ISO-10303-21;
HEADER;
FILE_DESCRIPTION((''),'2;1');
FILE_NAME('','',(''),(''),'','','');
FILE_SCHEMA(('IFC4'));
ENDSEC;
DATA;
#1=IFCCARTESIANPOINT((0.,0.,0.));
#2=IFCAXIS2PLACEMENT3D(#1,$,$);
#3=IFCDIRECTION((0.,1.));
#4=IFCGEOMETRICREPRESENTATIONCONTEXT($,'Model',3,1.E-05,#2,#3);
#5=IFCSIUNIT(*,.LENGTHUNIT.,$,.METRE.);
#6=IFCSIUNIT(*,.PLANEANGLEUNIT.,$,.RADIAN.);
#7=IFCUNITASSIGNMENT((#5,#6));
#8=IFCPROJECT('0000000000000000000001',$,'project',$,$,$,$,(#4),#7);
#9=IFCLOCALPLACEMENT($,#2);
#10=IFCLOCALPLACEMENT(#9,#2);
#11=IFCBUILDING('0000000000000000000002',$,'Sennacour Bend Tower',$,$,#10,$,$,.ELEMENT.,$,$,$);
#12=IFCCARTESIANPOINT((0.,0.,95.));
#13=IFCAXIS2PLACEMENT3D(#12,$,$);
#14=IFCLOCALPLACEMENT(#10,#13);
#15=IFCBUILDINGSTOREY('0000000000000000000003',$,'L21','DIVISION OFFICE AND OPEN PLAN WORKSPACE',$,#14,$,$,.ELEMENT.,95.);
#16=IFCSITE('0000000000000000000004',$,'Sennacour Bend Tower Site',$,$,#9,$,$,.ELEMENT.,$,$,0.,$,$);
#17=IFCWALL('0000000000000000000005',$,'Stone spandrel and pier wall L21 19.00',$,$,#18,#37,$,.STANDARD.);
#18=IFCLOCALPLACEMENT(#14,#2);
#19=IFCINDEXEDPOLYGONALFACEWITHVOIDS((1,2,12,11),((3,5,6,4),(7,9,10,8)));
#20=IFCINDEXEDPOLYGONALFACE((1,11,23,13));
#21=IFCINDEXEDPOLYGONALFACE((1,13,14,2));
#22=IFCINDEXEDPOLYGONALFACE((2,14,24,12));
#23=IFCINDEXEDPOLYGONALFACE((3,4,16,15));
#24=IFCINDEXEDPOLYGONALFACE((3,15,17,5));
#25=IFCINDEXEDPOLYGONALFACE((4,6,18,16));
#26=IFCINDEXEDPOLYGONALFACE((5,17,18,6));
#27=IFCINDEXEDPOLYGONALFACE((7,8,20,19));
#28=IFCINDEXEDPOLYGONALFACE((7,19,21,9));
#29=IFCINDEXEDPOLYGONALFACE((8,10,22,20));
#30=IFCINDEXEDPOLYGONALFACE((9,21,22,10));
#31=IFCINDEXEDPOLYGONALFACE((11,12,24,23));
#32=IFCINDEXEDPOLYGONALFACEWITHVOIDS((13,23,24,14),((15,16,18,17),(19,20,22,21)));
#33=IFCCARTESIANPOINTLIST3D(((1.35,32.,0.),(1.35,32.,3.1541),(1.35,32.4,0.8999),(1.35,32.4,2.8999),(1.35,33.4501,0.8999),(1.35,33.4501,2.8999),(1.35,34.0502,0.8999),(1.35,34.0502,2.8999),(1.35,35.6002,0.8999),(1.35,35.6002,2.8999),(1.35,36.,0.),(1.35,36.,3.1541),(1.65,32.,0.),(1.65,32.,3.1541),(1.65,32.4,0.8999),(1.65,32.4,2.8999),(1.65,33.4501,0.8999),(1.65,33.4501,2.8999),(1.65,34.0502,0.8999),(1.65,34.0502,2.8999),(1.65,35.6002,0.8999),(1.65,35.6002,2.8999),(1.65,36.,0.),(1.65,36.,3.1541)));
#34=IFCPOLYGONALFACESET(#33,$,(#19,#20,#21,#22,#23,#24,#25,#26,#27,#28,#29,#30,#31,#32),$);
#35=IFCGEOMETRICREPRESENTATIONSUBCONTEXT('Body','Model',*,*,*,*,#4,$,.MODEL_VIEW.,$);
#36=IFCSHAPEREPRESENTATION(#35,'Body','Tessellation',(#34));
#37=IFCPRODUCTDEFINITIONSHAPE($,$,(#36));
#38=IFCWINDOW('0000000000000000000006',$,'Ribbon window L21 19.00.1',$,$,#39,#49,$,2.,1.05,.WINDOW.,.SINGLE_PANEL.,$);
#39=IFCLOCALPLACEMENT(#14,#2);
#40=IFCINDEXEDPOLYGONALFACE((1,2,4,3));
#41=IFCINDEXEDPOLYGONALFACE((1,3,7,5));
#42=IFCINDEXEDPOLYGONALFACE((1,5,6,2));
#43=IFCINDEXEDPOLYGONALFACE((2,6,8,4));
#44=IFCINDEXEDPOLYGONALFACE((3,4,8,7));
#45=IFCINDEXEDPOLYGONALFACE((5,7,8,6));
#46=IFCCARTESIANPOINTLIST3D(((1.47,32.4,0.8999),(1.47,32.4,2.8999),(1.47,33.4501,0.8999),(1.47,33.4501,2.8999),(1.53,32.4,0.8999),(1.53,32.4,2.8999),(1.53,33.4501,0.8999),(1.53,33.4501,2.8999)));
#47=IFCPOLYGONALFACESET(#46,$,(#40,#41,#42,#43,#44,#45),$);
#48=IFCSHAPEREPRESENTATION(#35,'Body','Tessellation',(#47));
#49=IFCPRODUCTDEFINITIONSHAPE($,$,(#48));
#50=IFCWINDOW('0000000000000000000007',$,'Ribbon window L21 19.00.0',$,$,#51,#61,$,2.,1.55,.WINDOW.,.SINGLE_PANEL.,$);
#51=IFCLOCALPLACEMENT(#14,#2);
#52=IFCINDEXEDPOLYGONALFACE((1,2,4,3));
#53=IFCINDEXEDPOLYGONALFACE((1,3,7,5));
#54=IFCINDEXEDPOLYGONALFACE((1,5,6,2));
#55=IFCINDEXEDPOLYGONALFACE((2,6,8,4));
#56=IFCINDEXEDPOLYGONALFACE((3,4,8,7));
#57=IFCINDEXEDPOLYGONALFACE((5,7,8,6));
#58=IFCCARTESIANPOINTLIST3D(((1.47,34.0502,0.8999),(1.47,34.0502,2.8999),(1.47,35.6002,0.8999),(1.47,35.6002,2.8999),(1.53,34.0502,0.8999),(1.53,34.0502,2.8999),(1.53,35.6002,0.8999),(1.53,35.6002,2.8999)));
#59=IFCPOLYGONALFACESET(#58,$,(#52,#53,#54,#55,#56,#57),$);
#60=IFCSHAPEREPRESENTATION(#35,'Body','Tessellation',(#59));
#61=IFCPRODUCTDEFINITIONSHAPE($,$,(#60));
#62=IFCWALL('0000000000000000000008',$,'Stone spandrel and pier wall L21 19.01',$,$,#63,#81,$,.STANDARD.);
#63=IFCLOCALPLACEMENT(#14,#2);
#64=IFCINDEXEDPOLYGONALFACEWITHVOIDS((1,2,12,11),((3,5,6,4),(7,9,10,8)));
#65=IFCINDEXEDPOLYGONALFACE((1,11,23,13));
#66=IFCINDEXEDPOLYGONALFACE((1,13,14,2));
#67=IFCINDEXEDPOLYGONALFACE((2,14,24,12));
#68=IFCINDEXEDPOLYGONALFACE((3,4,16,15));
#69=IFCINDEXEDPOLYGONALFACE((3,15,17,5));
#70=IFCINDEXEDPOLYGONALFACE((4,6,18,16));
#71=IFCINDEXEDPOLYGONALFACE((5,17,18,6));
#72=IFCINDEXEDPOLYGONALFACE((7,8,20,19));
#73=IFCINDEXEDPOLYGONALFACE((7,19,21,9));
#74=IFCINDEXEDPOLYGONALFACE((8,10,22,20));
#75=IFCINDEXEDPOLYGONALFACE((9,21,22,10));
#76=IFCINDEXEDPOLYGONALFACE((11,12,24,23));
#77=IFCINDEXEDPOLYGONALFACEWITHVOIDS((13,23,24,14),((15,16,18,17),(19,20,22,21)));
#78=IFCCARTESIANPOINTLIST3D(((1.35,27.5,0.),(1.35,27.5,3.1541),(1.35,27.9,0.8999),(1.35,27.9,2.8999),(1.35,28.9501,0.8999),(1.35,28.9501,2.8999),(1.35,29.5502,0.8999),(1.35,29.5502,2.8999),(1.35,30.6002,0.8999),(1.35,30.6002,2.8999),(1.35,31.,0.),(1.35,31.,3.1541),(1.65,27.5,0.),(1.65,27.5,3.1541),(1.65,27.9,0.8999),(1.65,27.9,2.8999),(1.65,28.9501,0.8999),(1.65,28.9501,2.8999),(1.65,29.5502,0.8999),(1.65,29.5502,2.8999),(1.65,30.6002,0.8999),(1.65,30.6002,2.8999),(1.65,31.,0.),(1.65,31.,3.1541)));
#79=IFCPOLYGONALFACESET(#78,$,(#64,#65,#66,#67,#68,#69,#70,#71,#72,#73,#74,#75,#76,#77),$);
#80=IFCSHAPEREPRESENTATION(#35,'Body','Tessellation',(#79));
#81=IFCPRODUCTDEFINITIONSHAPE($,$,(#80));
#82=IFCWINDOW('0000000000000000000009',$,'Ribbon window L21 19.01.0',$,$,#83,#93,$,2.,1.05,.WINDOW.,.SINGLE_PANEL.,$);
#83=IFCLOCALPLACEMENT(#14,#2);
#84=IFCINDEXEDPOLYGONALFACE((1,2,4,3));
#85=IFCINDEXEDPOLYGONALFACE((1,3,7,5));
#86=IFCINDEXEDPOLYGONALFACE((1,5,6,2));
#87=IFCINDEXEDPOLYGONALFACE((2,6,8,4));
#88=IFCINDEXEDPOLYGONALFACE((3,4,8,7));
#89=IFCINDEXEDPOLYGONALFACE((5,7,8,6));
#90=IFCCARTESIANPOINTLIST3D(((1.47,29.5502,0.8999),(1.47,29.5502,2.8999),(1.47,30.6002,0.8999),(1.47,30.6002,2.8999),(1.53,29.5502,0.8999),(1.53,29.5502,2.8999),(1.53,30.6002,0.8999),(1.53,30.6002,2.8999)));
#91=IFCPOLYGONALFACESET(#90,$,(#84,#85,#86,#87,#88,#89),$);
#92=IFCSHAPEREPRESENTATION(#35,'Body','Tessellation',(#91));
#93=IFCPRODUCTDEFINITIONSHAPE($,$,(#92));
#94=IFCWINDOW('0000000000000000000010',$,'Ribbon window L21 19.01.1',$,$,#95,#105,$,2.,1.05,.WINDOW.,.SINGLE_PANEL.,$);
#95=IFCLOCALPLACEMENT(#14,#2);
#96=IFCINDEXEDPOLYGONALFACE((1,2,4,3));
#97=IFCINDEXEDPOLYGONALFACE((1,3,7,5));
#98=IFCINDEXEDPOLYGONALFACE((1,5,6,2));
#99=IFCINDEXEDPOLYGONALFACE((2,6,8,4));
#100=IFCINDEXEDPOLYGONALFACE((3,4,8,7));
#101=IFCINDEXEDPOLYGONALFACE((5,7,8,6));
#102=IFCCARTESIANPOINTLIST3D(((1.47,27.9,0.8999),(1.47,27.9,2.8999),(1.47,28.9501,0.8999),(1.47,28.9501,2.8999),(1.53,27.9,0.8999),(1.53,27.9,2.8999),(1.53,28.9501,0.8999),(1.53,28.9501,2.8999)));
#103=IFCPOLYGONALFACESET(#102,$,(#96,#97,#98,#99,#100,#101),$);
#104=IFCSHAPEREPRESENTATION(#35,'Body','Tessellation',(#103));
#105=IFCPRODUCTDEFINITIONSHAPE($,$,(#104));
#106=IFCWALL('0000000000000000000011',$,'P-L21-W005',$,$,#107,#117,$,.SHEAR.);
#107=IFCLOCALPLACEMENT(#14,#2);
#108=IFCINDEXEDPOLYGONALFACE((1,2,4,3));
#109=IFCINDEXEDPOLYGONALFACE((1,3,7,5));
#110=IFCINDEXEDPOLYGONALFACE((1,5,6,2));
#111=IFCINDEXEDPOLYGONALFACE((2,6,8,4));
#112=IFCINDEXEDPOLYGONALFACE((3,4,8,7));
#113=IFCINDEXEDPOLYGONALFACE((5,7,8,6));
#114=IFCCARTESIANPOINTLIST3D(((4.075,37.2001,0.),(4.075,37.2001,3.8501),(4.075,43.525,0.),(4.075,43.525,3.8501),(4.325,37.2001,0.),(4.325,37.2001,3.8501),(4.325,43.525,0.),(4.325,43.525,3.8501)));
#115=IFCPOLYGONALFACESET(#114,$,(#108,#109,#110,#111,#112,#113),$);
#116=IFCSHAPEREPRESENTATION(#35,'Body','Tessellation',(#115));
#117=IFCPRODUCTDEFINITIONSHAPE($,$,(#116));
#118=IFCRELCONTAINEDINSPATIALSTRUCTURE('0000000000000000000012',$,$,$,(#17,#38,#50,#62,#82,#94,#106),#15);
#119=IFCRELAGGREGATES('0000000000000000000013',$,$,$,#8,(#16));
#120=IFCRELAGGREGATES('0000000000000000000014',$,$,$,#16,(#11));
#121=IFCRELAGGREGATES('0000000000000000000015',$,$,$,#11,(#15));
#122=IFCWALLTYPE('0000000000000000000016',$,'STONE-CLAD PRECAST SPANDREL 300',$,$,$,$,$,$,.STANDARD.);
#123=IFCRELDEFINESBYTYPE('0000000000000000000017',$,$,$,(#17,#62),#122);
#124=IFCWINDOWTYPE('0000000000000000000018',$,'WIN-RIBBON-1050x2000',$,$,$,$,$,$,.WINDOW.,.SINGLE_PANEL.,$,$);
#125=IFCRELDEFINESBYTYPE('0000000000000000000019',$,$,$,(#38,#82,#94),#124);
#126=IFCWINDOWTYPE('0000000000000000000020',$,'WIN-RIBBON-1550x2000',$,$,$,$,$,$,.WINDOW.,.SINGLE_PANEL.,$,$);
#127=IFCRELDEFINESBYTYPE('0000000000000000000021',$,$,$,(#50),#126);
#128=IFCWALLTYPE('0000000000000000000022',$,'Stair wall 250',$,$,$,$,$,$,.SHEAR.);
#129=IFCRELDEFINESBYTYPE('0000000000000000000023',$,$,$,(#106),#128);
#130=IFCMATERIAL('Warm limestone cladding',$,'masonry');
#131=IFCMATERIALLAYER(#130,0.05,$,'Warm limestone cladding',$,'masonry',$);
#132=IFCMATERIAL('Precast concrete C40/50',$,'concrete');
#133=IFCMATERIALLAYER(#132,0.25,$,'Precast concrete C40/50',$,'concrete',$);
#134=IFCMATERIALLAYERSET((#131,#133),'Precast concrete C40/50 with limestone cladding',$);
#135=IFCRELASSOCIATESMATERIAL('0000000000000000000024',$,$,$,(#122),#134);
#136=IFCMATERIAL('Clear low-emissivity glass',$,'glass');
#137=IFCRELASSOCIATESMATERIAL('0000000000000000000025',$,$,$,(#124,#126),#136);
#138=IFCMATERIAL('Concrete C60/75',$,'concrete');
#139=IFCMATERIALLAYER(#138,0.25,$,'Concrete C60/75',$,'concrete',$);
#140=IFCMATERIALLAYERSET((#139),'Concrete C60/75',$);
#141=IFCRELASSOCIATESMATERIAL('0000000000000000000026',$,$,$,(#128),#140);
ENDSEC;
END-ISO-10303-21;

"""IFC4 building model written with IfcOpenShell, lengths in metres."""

from ifc_helpers import new_model, si_unit, direction, frame, frame_2d, origin, place, context, subcontext, project, spatial, rectangle, extrude, material, layer, layer_set, type_object, element, fill, save


model = new_model("IFC4")

# Units and contexts
model_context = context("Model", 3, precision=1e-05, world=origin(), true_north=direction((0.0, 1.0)))
body_context = subcontext(model_context, "Body", "Model", "MODEL_VIEW")
ifc_project = project(units=[si_unit("LENGTHUNIT", "METRE"), si_unit("PLANEANGLEUNIT", "RADIAN")], contexts=[model_context])

# Site, building, storey
site_placement = place(None, origin())
site = spatial("IfcSite", under=ifc_project, at=site_placement, Name="Sennacour Bend Tower Site", CompositionType="ELEMENT", RefElevation=0.0)
building_placement = place(site_placement, origin())
building = spatial("IfcBuilding", under=site, at=building_placement, Name="Sennacour Bend Tower", CompositionType="ELEMENT")
storey_placement = place(building_placement, frame((0.0, 0.0, 95.0)))
storey = spatial("IfcBuildingStorey", under=building, at=storey_placement, Name="L21", Description="DIVISION OFFICE AND OPEN PLAN WORKSPACE", CompositionType="ELEMENT", Elevation=95.0)

# Walls, openings, windows
ifc_material_1 = material(Name="Warm limestone cladding", Category="masonry")
ifc_layer_1 = layer(ifc_material_1, 0.05, Name="Warm limestone cladding", Category="masonry")
ifc_material_2 = material(Name="Precast concrete C40/50", Category="concrete")
ifc_layer_2 = layer(ifc_material_2, 0.25, Name="Precast concrete C40/50", Category="concrete")
ifc_layer_set_1 = layer_set([ifc_layer_1, ifc_layer_2], Name="Precast concrete C40/50 with limestone cladding")
wall_type_1 = type_object("IfcWallType", Name="STONE-CLAD PRECAST SPANDREL 300", PredefinedType="STANDARD", material=ifc_layer_set_1)
wall_1_placement = place(storey_placement, frame((1.5, 36.0, 0.0), z_axis=(0.0, 0.0, 1.0), x_axis=(0.0, -1.0, 0.0)))
wall_1 = element("IfcWall", 1, at=wall_1_placement, inside=storey, type_object=wall_type_1, Name="Stone spandrel and pier wall L21 19.00", PredefinedType="STANDARD", context=body_context, shape_type="SweptSolid", body=[
    extrude(rectangle(XDim=4.0, YDim=0.3, at=frame_2d((2.0, 0.0))), origin(), (0.0, 0.0, 1.0), 3.1541),
])
opening_1_placement = place(wall_1_placement, frame((0.3999, 0.0, 0.8999)))
opening_1 = element("IfcOpeningElement", 2, at=opening_1_placement, cuts=wall_1, PredefinedType="OPENING", context=body_context, shape_type="SweptSolid", body=[
    extrude(rectangle(XDim=1.55, YDim=2.0, at=frame_2d((0.7749, 1.0))), frame((0.0, 0.1602, 0.0), z_axis=(0.0, -1.0, 0.0), x_axis=(1.0, 0.0, 0.0)), (0.0, 0.0, 1.0), 0.3201),
])
opening_2_placement = place(wall_1_placement, frame((2.55, 0.0, 0.8999)))
opening_2 = element("IfcOpeningElement", 3, at=opening_2_placement, cuts=wall_1, PredefinedType="OPENING", context=body_context, shape_type="SweptSolid", body=[
    extrude(rectangle(XDim=1.05, YDim=2.0, at=frame_2d((0.5249, 1.0))), frame((0.0, 0.1602, 0.0), z_axis=(0.0, -1.0, 0.0), x_axis=(1.0, 0.0, 0.0)), (0.0, 0.0, 1.0), 0.3201),
])
ifc_material_3 = material(Name="Clear low-emissivity glass", Category="glass")
window_type_1 = type_object("IfcWindowType", Name="WIN-RIBBON-1050x2000", PartitioningType="SINGLE_PANEL", PredefinedType="WINDOW", material=ifc_material_3)
window_1_placement = place(opening_2_placement, origin())
window_1 = element("IfcWindow", 4, at=window_1_placement, inside=storey, type_object=window_type_1, Name="Ribbon window L21 19.00.1", OverallHeight=2.0, OverallWidth=1.05, PartitioningType="SINGLE_PANEL", PredefinedType="WINDOW", context=body_context, shape_type="SweptSolid", body=[
    extrude(rectangle(XDim=1.05, YDim=2.0, at=frame_2d((0.5249, 1.0))), frame((0.0, 0.03, 0.0), z_axis=(0.0, -1.0, 0.0), x_axis=(1.0, 0.0, 0.0)), (0.0, 0.0, 1.0), 0.0601),
])
fill(opening_2, window_1)
window_type_2 = type_object("IfcWindowType", Name="WIN-RIBBON-1550x2000", PartitioningType="SINGLE_PANEL", PredefinedType="WINDOW", material=ifc_material_3)
window_2_placement = place(opening_1_placement, origin())
window_2 = element("IfcWindow", 5, at=window_2_placement, inside=storey, type_object=window_type_2, Name="Ribbon window L21 19.00.0", OverallHeight=2.0, OverallWidth=1.55, PartitioningType="SINGLE_PANEL", PredefinedType="WINDOW", context=body_context, shape_type="SweptSolid", body=[
    extrude(rectangle(XDim=1.55, YDim=2.0, at=frame_2d((0.7749, 1.0))), frame((0.0, 0.03, 0.0), z_axis=(0.0, -1.0, 0.0), x_axis=(1.0, 0.0, 0.0)), (0.0, 0.0, 1.0), 0.0601),
])
fill(opening_1, window_2)
wall_2_placement = place(storey_placement, frame((1.5, 31.0, 0.0), z_axis=(0.0, 0.0, 1.0), x_axis=(0.0, -1.0, 0.0)))
wall_2 = element("IfcWall", 6, at=wall_2_placement, inside=storey, type_object=wall_type_1, Name="Stone spandrel and pier wall L21 19.01", PredefinedType="STANDARD", context=body_context, shape_type="SweptSolid", body=[
    extrude(rectangle(XDim=3.5, YDim=0.3, at=frame_2d((1.75, 0.0))), origin(), (0.0, 0.0, 1.0), 3.1541),
])
opening_3_placement = place(wall_2_placement, frame((0.3999, 0.0, 0.8999)))
opening_3 = element("IfcOpeningElement", 7, at=opening_3_placement, cuts=wall_2, PredefinedType="OPENING", context=body_context, shape_type="SweptSolid", body=[
    extrude(rectangle(XDim=1.05, YDim=2.0, at=frame_2d((0.5249, 1.0))), frame((0.0, 0.1602, 0.0), z_axis=(0.0, -1.0, 0.0), x_axis=(1.0, 0.0, 0.0)), (0.0, 0.0, 1.0), 0.3201),
])
opening_4_placement = place(wall_2_placement, frame((2.05, 0.0, 0.8999)))
opening_4 = element("IfcOpeningElement", 8, at=opening_4_placement, cuts=wall_2, PredefinedType="OPENING", context=body_context, shape_type="SweptSolid", body=[
    extrude(rectangle(XDim=1.05, YDim=2.0, at=frame_2d((0.5249, 1.0))), frame((0.0, 0.1602, 0.0), z_axis=(0.0, -1.0, 0.0), x_axis=(1.0, 0.0, 0.0)), (0.0, 0.0, 1.0), 0.3201),
])
window_3_placement = place(opening_3_placement, origin())
window_3 = element("IfcWindow", 9, at=window_3_placement, inside=storey, type_object=window_type_1, Name="Ribbon window L21 19.01.0", OverallHeight=2.0, OverallWidth=1.05, PartitioningType="SINGLE_PANEL", PredefinedType="WINDOW", context=body_context, shape_type="SweptSolid", body=[
    extrude(rectangle(XDim=1.05, YDim=2.0, at=frame_2d((0.5249, 1.0))), frame((0.0, 0.03, 0.0), z_axis=(0.0, -1.0, 0.0), x_axis=(1.0, 0.0, 0.0)), (0.0, 0.0, 1.0), 0.0601),
])
fill(opening_3, window_3)
window_4_placement = place(opening_4_placement, origin())
window_4 = element("IfcWindow", 10, at=window_4_placement, inside=storey, type_object=window_type_1, Name="Ribbon window L21 19.01.1", OverallHeight=2.0, OverallWidth=1.05, PartitioningType="SINGLE_PANEL", PredefinedType="WINDOW", context=body_context, shape_type="SweptSolid", body=[
    extrude(rectangle(XDim=1.05, YDim=2.0, at=frame_2d((0.5249, 1.0))), frame((0.0, 0.03, 0.0), z_axis=(0.0, -1.0, 0.0), x_axis=(1.0, 0.0, 0.0)), (0.0, 0.0, 1.0), 0.0601),
])
fill(opening_4, window_4)

# Wall
ifc_material_4 = material(Name="Concrete C60/75", Category="concrete")
ifc_layer_3 = layer(ifc_material_4, 0.25, Name="Concrete C60/75", Category="concrete")
ifc_layer_set_2 = layer_set([ifc_layer_3], Name="Concrete C60/75")
wall_type_2 = type_object("IfcWallType", Name="Stair wall 250", PredefinedType="SHEAR", material=ifc_layer_set_2)
wall_3_placement = place(storey_placement, frame((4.2, 37.2, 0.0), z_axis=(0.0, 0.0, 1.0), x_axis=(0.0, 1.0, 0.0)))
element("IfcWall", 11, at=wall_3_placement, inside=storey, type_object=wall_type_2, Name="P-L21-W005", PredefinedType="SHEAR", context=body_context, shape_type="SweptSolid", body=[
    extrude(rectangle(XDim=6.325, YDim=0.25, at=frame_2d((3.1626, 0.0))), origin(), (0.0, 0.0, 1.0), 3.8501),
])

save(model, "model.ifc")
